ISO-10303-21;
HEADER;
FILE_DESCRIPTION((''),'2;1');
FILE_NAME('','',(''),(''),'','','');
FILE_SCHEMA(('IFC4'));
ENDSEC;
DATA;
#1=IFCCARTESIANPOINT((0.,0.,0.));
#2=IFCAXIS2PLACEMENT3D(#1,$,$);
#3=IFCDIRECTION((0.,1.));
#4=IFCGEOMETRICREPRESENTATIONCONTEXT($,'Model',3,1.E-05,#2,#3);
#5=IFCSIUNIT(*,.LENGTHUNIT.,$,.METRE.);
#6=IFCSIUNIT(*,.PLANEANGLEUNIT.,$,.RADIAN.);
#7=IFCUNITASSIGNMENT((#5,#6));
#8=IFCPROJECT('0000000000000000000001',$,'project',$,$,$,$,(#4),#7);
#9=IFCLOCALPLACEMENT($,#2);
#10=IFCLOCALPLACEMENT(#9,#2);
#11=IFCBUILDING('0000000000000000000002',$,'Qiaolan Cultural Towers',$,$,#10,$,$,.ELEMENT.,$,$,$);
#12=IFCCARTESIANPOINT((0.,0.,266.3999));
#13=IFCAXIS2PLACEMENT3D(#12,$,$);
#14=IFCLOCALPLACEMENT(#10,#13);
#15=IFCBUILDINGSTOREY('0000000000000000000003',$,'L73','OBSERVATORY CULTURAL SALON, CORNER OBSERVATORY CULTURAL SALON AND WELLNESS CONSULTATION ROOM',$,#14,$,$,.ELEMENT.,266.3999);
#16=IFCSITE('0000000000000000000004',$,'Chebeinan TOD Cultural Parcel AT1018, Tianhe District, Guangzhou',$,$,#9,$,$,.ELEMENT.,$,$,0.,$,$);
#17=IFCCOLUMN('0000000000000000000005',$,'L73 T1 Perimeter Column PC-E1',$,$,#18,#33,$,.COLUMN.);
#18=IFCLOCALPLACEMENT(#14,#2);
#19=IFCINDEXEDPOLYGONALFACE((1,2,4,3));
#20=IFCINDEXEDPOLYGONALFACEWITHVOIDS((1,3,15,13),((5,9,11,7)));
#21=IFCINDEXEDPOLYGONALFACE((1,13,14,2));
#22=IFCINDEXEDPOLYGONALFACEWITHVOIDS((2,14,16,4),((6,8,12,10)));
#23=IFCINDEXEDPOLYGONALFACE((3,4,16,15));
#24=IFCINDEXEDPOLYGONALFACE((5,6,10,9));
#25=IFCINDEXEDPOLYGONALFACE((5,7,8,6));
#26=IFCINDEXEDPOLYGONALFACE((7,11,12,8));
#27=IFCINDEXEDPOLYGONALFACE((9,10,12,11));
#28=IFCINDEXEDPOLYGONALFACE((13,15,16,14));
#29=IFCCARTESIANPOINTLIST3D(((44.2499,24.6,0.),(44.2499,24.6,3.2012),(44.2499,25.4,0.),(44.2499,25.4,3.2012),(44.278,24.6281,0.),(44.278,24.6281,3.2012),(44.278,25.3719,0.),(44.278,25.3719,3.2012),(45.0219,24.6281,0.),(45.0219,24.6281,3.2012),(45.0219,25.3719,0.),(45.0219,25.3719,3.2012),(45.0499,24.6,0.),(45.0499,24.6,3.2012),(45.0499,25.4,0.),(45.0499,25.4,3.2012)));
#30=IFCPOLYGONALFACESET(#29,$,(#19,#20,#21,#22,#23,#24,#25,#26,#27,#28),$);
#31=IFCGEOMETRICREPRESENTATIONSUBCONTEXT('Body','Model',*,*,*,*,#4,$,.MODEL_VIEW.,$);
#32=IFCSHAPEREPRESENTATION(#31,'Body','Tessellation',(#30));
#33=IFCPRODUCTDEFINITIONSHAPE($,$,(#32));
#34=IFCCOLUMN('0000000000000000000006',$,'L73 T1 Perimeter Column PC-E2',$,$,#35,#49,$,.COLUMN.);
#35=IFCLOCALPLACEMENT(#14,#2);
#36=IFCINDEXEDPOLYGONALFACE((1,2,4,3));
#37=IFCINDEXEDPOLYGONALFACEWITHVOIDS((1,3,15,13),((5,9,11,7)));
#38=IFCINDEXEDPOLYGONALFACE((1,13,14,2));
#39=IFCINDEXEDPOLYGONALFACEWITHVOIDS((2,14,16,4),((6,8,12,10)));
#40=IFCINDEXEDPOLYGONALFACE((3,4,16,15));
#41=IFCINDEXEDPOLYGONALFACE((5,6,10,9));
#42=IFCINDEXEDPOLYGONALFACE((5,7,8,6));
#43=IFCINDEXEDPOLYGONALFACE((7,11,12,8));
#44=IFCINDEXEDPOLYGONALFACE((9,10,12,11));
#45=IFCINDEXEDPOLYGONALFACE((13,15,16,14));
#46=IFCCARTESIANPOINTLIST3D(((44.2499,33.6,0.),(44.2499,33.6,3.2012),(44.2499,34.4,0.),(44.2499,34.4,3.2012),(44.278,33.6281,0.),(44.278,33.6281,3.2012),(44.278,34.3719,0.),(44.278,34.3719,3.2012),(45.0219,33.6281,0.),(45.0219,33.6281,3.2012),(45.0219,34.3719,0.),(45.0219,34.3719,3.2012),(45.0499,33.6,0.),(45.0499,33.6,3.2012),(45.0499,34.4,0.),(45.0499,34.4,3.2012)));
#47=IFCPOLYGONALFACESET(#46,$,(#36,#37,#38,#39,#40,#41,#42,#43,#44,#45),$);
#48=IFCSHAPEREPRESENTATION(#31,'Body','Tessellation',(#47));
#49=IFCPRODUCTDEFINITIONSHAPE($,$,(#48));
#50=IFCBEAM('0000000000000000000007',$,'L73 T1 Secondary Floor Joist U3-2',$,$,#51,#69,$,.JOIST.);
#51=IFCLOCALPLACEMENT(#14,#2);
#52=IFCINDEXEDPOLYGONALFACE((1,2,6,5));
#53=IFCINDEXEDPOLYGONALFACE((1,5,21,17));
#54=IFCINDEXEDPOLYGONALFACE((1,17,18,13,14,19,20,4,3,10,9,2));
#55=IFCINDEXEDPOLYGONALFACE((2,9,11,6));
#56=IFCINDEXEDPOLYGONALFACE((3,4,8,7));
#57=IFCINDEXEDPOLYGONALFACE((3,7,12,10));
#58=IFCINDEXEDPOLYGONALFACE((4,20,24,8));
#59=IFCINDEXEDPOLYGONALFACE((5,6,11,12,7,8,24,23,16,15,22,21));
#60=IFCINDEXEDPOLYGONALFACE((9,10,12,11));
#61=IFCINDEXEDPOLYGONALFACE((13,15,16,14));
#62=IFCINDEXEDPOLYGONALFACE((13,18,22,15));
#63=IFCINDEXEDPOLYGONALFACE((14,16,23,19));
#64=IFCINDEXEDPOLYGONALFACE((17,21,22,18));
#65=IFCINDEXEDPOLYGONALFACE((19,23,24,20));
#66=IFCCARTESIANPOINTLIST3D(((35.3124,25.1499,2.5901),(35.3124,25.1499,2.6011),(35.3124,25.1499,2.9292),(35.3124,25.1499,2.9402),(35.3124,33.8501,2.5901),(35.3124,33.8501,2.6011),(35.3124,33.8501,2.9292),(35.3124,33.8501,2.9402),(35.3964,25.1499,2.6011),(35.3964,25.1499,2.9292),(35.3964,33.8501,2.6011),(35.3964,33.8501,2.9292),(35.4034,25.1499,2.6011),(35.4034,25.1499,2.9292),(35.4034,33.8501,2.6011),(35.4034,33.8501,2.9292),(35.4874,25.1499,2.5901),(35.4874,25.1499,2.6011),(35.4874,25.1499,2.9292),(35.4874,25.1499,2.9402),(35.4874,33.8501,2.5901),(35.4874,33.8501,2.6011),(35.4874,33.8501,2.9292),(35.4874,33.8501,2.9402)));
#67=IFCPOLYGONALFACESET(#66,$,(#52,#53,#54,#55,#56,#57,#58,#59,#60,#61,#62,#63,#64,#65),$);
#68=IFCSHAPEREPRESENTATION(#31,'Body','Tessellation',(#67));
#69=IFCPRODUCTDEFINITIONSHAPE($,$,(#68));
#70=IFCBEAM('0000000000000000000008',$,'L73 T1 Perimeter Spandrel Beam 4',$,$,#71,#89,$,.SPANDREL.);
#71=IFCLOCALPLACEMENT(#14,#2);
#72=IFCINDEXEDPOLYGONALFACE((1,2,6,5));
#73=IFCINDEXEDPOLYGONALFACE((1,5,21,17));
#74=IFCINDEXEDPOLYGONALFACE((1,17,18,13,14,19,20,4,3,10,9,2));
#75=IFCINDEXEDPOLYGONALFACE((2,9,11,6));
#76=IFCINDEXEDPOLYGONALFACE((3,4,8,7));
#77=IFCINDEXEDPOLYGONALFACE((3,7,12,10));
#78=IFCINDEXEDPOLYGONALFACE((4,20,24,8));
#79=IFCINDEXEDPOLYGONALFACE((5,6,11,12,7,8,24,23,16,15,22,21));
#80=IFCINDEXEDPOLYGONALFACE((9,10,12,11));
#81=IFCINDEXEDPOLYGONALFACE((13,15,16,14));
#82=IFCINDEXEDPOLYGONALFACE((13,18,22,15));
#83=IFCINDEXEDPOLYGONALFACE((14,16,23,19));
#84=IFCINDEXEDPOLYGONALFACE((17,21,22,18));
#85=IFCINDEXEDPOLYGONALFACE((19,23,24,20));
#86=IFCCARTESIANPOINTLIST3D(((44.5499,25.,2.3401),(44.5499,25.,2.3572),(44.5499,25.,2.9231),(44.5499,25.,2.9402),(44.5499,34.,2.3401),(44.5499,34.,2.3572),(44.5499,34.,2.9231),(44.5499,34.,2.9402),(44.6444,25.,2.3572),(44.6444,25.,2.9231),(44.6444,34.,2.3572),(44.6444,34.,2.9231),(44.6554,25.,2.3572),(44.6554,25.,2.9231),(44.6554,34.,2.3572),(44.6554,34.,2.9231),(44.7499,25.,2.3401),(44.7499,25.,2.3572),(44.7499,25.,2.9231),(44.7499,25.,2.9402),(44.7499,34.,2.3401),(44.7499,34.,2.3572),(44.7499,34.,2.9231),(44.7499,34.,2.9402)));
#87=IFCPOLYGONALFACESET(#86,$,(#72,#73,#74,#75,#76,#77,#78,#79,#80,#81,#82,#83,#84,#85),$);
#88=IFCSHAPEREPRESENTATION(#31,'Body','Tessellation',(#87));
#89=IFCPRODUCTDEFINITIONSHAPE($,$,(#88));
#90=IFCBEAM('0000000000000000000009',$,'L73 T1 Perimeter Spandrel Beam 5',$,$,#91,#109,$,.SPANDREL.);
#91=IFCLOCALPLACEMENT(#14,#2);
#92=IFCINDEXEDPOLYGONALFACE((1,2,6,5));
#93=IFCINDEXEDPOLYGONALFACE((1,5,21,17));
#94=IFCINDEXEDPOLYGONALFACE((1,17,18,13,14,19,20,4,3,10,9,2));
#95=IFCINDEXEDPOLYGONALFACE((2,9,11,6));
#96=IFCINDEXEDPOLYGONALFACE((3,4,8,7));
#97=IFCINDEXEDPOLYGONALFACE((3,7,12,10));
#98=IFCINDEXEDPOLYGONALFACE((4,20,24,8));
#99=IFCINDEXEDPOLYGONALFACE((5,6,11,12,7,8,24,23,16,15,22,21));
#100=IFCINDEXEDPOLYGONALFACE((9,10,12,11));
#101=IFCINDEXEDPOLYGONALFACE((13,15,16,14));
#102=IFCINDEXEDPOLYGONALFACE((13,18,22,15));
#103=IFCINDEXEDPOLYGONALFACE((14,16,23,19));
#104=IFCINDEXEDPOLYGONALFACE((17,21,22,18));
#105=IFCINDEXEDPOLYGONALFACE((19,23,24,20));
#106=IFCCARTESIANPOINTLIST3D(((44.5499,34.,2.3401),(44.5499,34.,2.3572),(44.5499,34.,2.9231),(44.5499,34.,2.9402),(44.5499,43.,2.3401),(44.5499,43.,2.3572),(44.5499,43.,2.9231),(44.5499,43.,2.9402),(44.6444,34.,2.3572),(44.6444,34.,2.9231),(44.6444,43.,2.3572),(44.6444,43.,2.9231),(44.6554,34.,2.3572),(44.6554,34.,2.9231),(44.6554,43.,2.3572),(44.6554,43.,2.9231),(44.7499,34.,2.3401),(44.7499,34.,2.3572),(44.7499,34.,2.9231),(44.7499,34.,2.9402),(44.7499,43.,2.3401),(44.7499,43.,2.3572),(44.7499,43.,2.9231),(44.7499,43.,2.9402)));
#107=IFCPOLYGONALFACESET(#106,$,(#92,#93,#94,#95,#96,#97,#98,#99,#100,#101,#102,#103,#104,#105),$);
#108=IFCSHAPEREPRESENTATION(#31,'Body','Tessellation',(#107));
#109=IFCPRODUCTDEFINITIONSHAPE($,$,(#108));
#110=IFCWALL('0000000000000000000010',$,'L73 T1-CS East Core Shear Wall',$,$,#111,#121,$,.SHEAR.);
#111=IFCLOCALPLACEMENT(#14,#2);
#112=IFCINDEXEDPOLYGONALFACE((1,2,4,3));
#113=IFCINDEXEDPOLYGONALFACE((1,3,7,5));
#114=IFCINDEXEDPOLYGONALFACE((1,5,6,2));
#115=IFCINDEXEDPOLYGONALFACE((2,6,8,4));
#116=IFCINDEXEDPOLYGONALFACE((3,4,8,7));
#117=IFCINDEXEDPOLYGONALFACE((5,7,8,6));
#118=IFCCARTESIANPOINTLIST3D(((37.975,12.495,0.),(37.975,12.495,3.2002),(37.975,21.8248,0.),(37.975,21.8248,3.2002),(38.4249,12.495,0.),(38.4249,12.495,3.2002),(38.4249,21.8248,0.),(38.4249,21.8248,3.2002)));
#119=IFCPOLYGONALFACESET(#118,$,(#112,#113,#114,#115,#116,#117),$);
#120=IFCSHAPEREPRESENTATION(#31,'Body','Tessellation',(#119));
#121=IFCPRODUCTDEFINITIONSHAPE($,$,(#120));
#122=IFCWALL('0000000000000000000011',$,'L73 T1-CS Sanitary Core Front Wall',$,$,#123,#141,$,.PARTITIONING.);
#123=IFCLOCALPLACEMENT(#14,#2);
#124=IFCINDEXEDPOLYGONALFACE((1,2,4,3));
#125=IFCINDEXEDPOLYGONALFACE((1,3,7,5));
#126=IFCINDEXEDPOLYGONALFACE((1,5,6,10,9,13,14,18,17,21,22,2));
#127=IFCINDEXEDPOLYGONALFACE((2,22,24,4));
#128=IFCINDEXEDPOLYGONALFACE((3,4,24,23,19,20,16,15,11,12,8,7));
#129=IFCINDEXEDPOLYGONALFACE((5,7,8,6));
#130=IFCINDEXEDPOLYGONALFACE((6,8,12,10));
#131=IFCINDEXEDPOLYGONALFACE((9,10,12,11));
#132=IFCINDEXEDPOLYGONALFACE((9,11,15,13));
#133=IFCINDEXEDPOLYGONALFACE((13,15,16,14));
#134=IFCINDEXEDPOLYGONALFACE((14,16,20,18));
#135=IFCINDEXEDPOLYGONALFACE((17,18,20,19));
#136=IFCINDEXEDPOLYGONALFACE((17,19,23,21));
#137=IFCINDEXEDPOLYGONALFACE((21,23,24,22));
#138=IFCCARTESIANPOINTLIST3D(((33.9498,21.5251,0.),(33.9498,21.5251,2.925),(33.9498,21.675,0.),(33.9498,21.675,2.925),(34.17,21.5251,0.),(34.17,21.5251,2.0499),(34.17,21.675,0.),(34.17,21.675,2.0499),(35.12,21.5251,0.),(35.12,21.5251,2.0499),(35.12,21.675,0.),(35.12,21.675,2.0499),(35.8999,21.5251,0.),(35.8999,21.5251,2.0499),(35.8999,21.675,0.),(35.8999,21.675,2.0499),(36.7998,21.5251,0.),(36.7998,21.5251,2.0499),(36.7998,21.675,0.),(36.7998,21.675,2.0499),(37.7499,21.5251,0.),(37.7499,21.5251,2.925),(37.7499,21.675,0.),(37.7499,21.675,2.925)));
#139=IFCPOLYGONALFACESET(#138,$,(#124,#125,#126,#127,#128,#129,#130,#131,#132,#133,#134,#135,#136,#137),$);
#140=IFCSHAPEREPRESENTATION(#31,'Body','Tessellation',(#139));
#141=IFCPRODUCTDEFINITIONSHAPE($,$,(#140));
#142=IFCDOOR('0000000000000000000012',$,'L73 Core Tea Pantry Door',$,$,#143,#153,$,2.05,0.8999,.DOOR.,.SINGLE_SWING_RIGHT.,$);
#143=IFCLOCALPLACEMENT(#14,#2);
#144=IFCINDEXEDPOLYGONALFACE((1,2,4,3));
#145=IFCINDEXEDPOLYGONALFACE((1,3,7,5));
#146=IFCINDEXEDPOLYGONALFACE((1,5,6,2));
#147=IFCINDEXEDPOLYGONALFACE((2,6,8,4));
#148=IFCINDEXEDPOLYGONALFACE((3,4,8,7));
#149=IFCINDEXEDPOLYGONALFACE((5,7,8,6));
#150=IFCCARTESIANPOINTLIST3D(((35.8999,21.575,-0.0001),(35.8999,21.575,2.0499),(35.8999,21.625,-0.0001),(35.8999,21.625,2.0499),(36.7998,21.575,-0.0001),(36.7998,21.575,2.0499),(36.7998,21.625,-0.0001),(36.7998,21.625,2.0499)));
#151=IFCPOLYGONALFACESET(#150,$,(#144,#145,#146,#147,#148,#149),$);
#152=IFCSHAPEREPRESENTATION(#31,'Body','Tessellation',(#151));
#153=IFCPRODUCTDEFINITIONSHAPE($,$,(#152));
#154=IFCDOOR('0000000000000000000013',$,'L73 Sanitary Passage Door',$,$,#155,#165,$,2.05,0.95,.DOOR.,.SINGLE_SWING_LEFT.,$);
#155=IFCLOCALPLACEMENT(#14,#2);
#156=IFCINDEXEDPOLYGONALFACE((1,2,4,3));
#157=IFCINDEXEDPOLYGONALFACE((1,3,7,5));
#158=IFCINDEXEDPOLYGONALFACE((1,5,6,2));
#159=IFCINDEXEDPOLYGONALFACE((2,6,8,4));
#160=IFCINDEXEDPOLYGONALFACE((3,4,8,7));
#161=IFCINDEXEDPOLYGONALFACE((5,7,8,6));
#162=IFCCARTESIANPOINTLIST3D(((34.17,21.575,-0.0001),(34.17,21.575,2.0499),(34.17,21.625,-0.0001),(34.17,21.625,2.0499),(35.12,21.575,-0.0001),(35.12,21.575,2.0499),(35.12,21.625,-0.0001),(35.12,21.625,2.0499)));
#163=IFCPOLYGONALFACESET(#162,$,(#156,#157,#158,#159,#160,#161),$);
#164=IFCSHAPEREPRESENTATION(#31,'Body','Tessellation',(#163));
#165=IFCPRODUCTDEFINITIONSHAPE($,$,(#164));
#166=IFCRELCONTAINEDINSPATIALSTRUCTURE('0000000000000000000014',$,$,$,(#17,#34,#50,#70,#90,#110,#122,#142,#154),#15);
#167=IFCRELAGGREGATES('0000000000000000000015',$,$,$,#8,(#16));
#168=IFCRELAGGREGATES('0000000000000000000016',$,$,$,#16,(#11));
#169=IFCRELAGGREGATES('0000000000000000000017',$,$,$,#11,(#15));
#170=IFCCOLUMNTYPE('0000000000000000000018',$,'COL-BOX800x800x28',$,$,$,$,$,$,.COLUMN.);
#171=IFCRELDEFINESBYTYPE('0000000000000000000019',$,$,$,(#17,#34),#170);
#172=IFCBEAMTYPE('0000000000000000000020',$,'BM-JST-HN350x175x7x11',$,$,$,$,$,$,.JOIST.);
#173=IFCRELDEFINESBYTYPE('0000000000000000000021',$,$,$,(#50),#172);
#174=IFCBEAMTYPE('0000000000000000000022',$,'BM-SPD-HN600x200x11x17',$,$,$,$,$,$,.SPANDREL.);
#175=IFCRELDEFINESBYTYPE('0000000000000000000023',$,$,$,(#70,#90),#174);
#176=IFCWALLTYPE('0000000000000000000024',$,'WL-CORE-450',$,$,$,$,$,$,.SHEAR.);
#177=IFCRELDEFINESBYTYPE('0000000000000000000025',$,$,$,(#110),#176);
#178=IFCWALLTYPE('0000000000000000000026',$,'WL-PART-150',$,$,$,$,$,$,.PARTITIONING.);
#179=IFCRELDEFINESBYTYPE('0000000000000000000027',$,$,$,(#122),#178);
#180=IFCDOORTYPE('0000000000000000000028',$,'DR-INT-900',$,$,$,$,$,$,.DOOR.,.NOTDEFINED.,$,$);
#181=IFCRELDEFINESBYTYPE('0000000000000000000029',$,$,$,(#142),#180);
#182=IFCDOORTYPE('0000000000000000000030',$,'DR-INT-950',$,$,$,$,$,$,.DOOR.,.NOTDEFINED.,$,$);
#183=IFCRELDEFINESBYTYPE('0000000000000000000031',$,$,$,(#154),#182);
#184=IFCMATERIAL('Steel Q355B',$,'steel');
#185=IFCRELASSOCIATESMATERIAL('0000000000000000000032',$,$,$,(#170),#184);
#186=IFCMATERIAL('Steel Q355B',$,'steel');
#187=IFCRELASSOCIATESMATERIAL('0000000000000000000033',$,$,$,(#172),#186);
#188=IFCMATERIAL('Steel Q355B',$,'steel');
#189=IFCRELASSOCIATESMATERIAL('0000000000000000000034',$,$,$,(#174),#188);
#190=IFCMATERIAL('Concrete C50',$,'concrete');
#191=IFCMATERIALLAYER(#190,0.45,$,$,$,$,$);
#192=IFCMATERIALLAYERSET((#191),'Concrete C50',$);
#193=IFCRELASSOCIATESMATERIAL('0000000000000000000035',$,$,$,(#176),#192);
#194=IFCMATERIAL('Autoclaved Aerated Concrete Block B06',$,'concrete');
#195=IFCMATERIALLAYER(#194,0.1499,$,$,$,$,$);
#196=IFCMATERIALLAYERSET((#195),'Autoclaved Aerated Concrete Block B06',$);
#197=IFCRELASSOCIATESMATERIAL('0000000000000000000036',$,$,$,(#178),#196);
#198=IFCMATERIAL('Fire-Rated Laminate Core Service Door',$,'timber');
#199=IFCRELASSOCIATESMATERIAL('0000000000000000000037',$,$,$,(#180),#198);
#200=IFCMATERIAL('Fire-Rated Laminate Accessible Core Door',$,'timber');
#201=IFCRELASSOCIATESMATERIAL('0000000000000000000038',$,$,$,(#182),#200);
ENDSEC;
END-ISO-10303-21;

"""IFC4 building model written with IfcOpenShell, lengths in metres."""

from ifc_helpers import new_model, si_unit, direction, frame, frame_2d, origin, origin_2d, place, context, subcontext, project, spatial, rectangle, hollow_rectangle, i_section, extrude, material, layer, layer_set, material_profile, profile_set, type_object, element, fill, save


model = new_model("IFC4")

# Units and contexts
model_context = context("Model", 3, precision=1e-05, world=origin(), true_north=direction((0.0, 1.0)))
body_context = subcontext(model_context, "Body", "Model", "MODEL_VIEW")
ifc_project = project(units=[si_unit("LENGTHUNIT", "METRE"), si_unit("PLANEANGLEUNIT", "RADIAN")], contexts=[model_context])

# Site, building, storey
site_placement = place(None, origin())
site = spatial("IfcSite", under=ifc_project, at=site_placement, Name="Chebeinan TOD Cultural Parcel AT1018, Tianhe District, Guangzhou", CompositionType="ELEMENT", RefElevation=0.0)
building_placement = place(site_placement, origin())
building = spatial("IfcBuilding", under=site, at=building_placement, Name="Qiaolan Cultural Towers", CompositionType="ELEMENT")
storey_placement = place(building_placement, frame((0.0, 0.0, 266.3999)))
storey = spatial("IfcBuildingStorey", under=building, at=storey_placement, Name="L73", Description="OBSERVATORY CULTURAL SALON, CORNER OBSERVATORY CULTURAL SALON AND WELLNESS CONSULTATION ROOM", CompositionType="ELEMENT", Elevation=266.3999)

# Columns
ifc_material_1 = material(Name="Steel Q355B", Category="steel")
ifc_material_profile_1 = material_profile(ifc_material_1, hollow_rectangle(XDim=0.8, YDim=0.8, WallThickness=0.0281, at=origin_2d()), Name="BOX800x800x28")
ifc_profile_set_1 = profile_set([ifc_material_profile_1], Name="Steel Q355B")
column_type = type_object("IfcColumnType", Name="COL-BOX800x800x28", PredefinedType="COLUMN", material=ifc_profile_set_1)
for number, where, z_axis, x_axis, name in (
    (1, (44.6499, 25.0, 0.0), (0.0, 0.0, 1.0), (1.0, 0.0, 0.0), "L73 T1 Perimeter Column PC-E1"),
    (2, (44.6499, 34.0, 0.0), (0.0, 0.0, 1.0), (1.0, 0.0, 0.0), "L73 T1 Perimeter Column PC-E2"),
):
    element("IfcColumn", number, at=place(storey_placement, frame(where, z_axis=z_axis, x_axis=x_axis)), inside=storey, type_object=column_type, Name=name, PredefinedType="COLUMN", context=body_context, shape_type="SweptSolid", body=[
        extrude(hollow_rectangle(XDim=0.8, YDim=0.8, WallThickness=0.0281, at=origin_2d()), origin(), (0.0, 0.0, 1.0), 3.2012),
    ])

# Beams
ifc_material_2 = material(Name="Steel Q355B", Category="steel")
ifc_material_profile_2 = material_profile(ifc_material_2, i_section(OverallWidth=0.175, OverallDepth=0.3501, WebThickness=0.0071, FlangeThickness=0.011, at=origin_2d()), Name="HN350x175x7x11")
ifc_profile_set_2 = profile_set([ifc_material_profile_2], Name="Steel Q355B")
beam_type_1 = type_object("IfcBeamType", Name="BM-JST-HN350x175x7x11", PredefinedType="JOIST", material=ifc_profile_set_2)
beam_placement = place(storey_placement, frame((35.3999, 25.1499, 2.7651), z_axis=(0.0, 1.0, 0.0), x_axis=(-1.0, 0.0, 0.0)))
element("IfcBeam", 3, at=beam_placement, inside=storey, type_object=beam_type_1, Name="L73 T1 Secondary Floor Joist U3-2", PredefinedType="JOIST", context=body_context, shape_type="SweptSolid", body=[
    extrude(i_section(OverallWidth=0.175, OverallDepth=0.3501, WebThickness=0.0071, FlangeThickness=0.011, at=origin_2d()), origin(), (0.0, 0.0, 1.0), 8.7002),
])
ifc_material_3 = material(Name="Steel Q355B", Category="steel")
ifc_material_profile_3 = material_profile(ifc_material_3, i_section(OverallWidth=0.2, OverallDepth=0.6001, WebThickness=0.011, FlangeThickness=0.0171, at=origin_2d()), Name="HN600x200x11x17")
ifc_profile_set_3 = profile_set([ifc_material_profile_3], Name="Steel Q355B")
beam_type_2 = type_object("IfcBeamType", Name="BM-SPD-HN600x200x11x17", PredefinedType="SPANDREL", material=ifc_profile_set_3)
for number, where, z_axis, x_axis, name in (
    (4, (44.6499, 25.0, 2.6401), (0.0, 1.0, 0.0), (-1.0, 0.0, 0.0), "L73 T1 Perimeter Spandrel Beam 4"),
    (5, (44.6499, 34.0, 2.6401), (0.0, 1.0, 0.0), (-1.0, 0.0, 0.0), "L73 T1 Perimeter Spandrel Beam 5"),
):
    element("IfcBeam", number, at=place(storey_placement, frame(where, z_axis=z_axis, x_axis=x_axis)), inside=storey, type_object=beam_type_2, Name=name, PredefinedType="SPANDREL", context=body_context, shape_type="SweptSolid", body=[
        extrude(i_section(OverallWidth=0.2, OverallDepth=0.6001, WebThickness=0.011, FlangeThickness=0.0171, at=origin_2d()), origin(), (0.0, 0.0, 1.0), 9.0),
    ])

# Wall
ifc_material_4 = material(Name="Concrete C50", Category="concrete")
ifc_layer_1 = layer(ifc_material_4, 0.45)
ifc_layer_set_1 = layer_set([ifc_layer_1], Name="Concrete C50")
wall_type_1 = type_object("IfcWallType", Name="WL-CORE-450", PredefinedType="SHEAR", material=ifc_layer_set_1)
wall_1_placement = place(storey_placement, frame((38.2, 21.825, 0.0), z_axis=(0.0, 0.0, 1.0), x_axis=(0.0, -1.0, 0.0)))
element("IfcWall", 6, at=wall_1_placement, inside=storey, type_object=wall_type_1, Name="L73 T1-CS East Core Shear Wall", PredefinedType="SHEAR", context=body_context, shape_type="SweptSolid", body=[
    extrude(rectangle(XDim=9.3298, YDim=0.45, at=frame_2d((4.665, 0.0))), origin(), (0.0, 0.0, 1.0), 3.2002),
])

# Wall, openings, doors
ifc_material_5 = material(Name="Autoclaved Aerated Concrete Block B06", Category="concrete")
ifc_layer_2 = layer(ifc_material_5, 0.1499)
ifc_layer_set_2 = layer_set([ifc_layer_2], Name="Autoclaved Aerated Concrete Block B06")
wall_type_2 = type_object("IfcWallType", Name="WL-PART-150", PredefinedType="PARTITIONING", material=ifc_layer_set_2)
wall_2_placement = place(storey_placement, frame((33.95, 21.6001, 0.0), z_axis=(0.0, 0.0, 1.0), x_axis=(1.0, 0.0, 0.0)))
wall_2 = element("IfcWall", 7, at=wall_2_placement, inside=storey, type_object=wall_type_2, Name="L73 T1-CS Sanitary Core Front Wall", PredefinedType="PARTITIONING", context=body_context, shape_type="SweptSolid", body=[
    extrude(rectangle(XDim=3.8, YDim=0.1499, at=frame_2d((1.8999, 0.0))), origin(), (0.0, 0.0, 1.0), 2.925),
])
opening_1_placement = place(wall_2_placement, frame((0.22, 0.0, 0.0)))
opening_1 = element("IfcOpeningElement", 8, at=opening_1_placement, cuts=wall_2, PredefinedType="OPENING", context=body_context, shape_type="SweptSolid", body=[
    extrude(rectangle(XDim=0.95, YDim=2.05, at=frame_2d((0.4751, 1.0249))), frame((0.0, 0.085, 0.0), z_axis=(0.0, -1.0, 0.0), x_axis=(1.0, 0.0, 0.0)), (0.0, 0.0, 1.0), 0.1699),
])
opening_2_placement = place(wall_2_placement, frame((1.95, 0.0, 0.0)))
opening_2 = element("IfcOpeningElement", 9, at=opening_2_placement, cuts=wall_2, PredefinedType="OPENING", context=body_context, shape_type="SweptSolid", body=[
    extrude(rectangle(XDim=0.8999, YDim=2.05, at=frame_2d((0.45, 1.0249))), frame((0.0, 0.085, 0.0), z_axis=(0.0, -1.0, 0.0), x_axis=(1.0, 0.0, 0.0)), (0.0, 0.0, 1.0), 0.1699),
])
ifc_material_6 = material(Name="Fire-Rated Laminate Core Service Door", Category="timber")
door_type_1 = type_object("IfcDoorType", Name="DR-INT-900", OperationType="NOTDEFINED", PredefinedType="DOOR", material=ifc_material_6)
door_1_placement = place(opening_2_placement, origin())
door_1 = element("IfcDoor", 10, at=door_1_placement, inside=storey, type_object=door_type_1, Name="L73 Core Tea Pantry Door", OperationType="SINGLE_SWING_RIGHT", OverallHeight=2.05, OverallWidth=0.8999, PredefinedType="DOOR", context=body_context, shape_type="SweptSolid", body=[
    extrude(rectangle(XDim=0.8999, YDim=2.05, at=frame_2d((0.45, 1.0249))), frame((0.0, 0.0249, 0.0), z_axis=(0.0, -1.0, 0.0), x_axis=(1.0, 0.0, 0.0)), (0.0, 0.0, 1.0), 0.05),
])
fill(opening_2, door_1)
ifc_material_7 = material(Name="Fire-Rated Laminate Accessible Core Door", Category="timber")
door_type_2 = type_object("IfcDoorType", Name="DR-INT-950", OperationType="NOTDEFINED", PredefinedType="DOOR", material=ifc_material_7)
door_2_placement = place(opening_1_placement, origin())
door_2 = element("IfcDoor", 11, at=door_2_placement, inside=storey, type_object=door_type_2, Name="L73 Sanitary Passage Door", OperationType="SINGLE_SWING_LEFT", OverallHeight=2.05, OverallWidth=0.95, PredefinedType="DOOR", context=body_context, shape_type="SweptSolid", body=[
    extrude(rectangle(XDim=0.95, YDim=2.05, at=frame_2d((0.4751, 1.0249))), frame((0.0, 0.0249, 0.0), z_axis=(0.0, -1.0, 0.0), x_axis=(1.0, 0.0, 0.0)), (0.0, 0.0, 1.0), 0.05),
])
fill(opening_1, door_2)

save(model, "model.ifc")
